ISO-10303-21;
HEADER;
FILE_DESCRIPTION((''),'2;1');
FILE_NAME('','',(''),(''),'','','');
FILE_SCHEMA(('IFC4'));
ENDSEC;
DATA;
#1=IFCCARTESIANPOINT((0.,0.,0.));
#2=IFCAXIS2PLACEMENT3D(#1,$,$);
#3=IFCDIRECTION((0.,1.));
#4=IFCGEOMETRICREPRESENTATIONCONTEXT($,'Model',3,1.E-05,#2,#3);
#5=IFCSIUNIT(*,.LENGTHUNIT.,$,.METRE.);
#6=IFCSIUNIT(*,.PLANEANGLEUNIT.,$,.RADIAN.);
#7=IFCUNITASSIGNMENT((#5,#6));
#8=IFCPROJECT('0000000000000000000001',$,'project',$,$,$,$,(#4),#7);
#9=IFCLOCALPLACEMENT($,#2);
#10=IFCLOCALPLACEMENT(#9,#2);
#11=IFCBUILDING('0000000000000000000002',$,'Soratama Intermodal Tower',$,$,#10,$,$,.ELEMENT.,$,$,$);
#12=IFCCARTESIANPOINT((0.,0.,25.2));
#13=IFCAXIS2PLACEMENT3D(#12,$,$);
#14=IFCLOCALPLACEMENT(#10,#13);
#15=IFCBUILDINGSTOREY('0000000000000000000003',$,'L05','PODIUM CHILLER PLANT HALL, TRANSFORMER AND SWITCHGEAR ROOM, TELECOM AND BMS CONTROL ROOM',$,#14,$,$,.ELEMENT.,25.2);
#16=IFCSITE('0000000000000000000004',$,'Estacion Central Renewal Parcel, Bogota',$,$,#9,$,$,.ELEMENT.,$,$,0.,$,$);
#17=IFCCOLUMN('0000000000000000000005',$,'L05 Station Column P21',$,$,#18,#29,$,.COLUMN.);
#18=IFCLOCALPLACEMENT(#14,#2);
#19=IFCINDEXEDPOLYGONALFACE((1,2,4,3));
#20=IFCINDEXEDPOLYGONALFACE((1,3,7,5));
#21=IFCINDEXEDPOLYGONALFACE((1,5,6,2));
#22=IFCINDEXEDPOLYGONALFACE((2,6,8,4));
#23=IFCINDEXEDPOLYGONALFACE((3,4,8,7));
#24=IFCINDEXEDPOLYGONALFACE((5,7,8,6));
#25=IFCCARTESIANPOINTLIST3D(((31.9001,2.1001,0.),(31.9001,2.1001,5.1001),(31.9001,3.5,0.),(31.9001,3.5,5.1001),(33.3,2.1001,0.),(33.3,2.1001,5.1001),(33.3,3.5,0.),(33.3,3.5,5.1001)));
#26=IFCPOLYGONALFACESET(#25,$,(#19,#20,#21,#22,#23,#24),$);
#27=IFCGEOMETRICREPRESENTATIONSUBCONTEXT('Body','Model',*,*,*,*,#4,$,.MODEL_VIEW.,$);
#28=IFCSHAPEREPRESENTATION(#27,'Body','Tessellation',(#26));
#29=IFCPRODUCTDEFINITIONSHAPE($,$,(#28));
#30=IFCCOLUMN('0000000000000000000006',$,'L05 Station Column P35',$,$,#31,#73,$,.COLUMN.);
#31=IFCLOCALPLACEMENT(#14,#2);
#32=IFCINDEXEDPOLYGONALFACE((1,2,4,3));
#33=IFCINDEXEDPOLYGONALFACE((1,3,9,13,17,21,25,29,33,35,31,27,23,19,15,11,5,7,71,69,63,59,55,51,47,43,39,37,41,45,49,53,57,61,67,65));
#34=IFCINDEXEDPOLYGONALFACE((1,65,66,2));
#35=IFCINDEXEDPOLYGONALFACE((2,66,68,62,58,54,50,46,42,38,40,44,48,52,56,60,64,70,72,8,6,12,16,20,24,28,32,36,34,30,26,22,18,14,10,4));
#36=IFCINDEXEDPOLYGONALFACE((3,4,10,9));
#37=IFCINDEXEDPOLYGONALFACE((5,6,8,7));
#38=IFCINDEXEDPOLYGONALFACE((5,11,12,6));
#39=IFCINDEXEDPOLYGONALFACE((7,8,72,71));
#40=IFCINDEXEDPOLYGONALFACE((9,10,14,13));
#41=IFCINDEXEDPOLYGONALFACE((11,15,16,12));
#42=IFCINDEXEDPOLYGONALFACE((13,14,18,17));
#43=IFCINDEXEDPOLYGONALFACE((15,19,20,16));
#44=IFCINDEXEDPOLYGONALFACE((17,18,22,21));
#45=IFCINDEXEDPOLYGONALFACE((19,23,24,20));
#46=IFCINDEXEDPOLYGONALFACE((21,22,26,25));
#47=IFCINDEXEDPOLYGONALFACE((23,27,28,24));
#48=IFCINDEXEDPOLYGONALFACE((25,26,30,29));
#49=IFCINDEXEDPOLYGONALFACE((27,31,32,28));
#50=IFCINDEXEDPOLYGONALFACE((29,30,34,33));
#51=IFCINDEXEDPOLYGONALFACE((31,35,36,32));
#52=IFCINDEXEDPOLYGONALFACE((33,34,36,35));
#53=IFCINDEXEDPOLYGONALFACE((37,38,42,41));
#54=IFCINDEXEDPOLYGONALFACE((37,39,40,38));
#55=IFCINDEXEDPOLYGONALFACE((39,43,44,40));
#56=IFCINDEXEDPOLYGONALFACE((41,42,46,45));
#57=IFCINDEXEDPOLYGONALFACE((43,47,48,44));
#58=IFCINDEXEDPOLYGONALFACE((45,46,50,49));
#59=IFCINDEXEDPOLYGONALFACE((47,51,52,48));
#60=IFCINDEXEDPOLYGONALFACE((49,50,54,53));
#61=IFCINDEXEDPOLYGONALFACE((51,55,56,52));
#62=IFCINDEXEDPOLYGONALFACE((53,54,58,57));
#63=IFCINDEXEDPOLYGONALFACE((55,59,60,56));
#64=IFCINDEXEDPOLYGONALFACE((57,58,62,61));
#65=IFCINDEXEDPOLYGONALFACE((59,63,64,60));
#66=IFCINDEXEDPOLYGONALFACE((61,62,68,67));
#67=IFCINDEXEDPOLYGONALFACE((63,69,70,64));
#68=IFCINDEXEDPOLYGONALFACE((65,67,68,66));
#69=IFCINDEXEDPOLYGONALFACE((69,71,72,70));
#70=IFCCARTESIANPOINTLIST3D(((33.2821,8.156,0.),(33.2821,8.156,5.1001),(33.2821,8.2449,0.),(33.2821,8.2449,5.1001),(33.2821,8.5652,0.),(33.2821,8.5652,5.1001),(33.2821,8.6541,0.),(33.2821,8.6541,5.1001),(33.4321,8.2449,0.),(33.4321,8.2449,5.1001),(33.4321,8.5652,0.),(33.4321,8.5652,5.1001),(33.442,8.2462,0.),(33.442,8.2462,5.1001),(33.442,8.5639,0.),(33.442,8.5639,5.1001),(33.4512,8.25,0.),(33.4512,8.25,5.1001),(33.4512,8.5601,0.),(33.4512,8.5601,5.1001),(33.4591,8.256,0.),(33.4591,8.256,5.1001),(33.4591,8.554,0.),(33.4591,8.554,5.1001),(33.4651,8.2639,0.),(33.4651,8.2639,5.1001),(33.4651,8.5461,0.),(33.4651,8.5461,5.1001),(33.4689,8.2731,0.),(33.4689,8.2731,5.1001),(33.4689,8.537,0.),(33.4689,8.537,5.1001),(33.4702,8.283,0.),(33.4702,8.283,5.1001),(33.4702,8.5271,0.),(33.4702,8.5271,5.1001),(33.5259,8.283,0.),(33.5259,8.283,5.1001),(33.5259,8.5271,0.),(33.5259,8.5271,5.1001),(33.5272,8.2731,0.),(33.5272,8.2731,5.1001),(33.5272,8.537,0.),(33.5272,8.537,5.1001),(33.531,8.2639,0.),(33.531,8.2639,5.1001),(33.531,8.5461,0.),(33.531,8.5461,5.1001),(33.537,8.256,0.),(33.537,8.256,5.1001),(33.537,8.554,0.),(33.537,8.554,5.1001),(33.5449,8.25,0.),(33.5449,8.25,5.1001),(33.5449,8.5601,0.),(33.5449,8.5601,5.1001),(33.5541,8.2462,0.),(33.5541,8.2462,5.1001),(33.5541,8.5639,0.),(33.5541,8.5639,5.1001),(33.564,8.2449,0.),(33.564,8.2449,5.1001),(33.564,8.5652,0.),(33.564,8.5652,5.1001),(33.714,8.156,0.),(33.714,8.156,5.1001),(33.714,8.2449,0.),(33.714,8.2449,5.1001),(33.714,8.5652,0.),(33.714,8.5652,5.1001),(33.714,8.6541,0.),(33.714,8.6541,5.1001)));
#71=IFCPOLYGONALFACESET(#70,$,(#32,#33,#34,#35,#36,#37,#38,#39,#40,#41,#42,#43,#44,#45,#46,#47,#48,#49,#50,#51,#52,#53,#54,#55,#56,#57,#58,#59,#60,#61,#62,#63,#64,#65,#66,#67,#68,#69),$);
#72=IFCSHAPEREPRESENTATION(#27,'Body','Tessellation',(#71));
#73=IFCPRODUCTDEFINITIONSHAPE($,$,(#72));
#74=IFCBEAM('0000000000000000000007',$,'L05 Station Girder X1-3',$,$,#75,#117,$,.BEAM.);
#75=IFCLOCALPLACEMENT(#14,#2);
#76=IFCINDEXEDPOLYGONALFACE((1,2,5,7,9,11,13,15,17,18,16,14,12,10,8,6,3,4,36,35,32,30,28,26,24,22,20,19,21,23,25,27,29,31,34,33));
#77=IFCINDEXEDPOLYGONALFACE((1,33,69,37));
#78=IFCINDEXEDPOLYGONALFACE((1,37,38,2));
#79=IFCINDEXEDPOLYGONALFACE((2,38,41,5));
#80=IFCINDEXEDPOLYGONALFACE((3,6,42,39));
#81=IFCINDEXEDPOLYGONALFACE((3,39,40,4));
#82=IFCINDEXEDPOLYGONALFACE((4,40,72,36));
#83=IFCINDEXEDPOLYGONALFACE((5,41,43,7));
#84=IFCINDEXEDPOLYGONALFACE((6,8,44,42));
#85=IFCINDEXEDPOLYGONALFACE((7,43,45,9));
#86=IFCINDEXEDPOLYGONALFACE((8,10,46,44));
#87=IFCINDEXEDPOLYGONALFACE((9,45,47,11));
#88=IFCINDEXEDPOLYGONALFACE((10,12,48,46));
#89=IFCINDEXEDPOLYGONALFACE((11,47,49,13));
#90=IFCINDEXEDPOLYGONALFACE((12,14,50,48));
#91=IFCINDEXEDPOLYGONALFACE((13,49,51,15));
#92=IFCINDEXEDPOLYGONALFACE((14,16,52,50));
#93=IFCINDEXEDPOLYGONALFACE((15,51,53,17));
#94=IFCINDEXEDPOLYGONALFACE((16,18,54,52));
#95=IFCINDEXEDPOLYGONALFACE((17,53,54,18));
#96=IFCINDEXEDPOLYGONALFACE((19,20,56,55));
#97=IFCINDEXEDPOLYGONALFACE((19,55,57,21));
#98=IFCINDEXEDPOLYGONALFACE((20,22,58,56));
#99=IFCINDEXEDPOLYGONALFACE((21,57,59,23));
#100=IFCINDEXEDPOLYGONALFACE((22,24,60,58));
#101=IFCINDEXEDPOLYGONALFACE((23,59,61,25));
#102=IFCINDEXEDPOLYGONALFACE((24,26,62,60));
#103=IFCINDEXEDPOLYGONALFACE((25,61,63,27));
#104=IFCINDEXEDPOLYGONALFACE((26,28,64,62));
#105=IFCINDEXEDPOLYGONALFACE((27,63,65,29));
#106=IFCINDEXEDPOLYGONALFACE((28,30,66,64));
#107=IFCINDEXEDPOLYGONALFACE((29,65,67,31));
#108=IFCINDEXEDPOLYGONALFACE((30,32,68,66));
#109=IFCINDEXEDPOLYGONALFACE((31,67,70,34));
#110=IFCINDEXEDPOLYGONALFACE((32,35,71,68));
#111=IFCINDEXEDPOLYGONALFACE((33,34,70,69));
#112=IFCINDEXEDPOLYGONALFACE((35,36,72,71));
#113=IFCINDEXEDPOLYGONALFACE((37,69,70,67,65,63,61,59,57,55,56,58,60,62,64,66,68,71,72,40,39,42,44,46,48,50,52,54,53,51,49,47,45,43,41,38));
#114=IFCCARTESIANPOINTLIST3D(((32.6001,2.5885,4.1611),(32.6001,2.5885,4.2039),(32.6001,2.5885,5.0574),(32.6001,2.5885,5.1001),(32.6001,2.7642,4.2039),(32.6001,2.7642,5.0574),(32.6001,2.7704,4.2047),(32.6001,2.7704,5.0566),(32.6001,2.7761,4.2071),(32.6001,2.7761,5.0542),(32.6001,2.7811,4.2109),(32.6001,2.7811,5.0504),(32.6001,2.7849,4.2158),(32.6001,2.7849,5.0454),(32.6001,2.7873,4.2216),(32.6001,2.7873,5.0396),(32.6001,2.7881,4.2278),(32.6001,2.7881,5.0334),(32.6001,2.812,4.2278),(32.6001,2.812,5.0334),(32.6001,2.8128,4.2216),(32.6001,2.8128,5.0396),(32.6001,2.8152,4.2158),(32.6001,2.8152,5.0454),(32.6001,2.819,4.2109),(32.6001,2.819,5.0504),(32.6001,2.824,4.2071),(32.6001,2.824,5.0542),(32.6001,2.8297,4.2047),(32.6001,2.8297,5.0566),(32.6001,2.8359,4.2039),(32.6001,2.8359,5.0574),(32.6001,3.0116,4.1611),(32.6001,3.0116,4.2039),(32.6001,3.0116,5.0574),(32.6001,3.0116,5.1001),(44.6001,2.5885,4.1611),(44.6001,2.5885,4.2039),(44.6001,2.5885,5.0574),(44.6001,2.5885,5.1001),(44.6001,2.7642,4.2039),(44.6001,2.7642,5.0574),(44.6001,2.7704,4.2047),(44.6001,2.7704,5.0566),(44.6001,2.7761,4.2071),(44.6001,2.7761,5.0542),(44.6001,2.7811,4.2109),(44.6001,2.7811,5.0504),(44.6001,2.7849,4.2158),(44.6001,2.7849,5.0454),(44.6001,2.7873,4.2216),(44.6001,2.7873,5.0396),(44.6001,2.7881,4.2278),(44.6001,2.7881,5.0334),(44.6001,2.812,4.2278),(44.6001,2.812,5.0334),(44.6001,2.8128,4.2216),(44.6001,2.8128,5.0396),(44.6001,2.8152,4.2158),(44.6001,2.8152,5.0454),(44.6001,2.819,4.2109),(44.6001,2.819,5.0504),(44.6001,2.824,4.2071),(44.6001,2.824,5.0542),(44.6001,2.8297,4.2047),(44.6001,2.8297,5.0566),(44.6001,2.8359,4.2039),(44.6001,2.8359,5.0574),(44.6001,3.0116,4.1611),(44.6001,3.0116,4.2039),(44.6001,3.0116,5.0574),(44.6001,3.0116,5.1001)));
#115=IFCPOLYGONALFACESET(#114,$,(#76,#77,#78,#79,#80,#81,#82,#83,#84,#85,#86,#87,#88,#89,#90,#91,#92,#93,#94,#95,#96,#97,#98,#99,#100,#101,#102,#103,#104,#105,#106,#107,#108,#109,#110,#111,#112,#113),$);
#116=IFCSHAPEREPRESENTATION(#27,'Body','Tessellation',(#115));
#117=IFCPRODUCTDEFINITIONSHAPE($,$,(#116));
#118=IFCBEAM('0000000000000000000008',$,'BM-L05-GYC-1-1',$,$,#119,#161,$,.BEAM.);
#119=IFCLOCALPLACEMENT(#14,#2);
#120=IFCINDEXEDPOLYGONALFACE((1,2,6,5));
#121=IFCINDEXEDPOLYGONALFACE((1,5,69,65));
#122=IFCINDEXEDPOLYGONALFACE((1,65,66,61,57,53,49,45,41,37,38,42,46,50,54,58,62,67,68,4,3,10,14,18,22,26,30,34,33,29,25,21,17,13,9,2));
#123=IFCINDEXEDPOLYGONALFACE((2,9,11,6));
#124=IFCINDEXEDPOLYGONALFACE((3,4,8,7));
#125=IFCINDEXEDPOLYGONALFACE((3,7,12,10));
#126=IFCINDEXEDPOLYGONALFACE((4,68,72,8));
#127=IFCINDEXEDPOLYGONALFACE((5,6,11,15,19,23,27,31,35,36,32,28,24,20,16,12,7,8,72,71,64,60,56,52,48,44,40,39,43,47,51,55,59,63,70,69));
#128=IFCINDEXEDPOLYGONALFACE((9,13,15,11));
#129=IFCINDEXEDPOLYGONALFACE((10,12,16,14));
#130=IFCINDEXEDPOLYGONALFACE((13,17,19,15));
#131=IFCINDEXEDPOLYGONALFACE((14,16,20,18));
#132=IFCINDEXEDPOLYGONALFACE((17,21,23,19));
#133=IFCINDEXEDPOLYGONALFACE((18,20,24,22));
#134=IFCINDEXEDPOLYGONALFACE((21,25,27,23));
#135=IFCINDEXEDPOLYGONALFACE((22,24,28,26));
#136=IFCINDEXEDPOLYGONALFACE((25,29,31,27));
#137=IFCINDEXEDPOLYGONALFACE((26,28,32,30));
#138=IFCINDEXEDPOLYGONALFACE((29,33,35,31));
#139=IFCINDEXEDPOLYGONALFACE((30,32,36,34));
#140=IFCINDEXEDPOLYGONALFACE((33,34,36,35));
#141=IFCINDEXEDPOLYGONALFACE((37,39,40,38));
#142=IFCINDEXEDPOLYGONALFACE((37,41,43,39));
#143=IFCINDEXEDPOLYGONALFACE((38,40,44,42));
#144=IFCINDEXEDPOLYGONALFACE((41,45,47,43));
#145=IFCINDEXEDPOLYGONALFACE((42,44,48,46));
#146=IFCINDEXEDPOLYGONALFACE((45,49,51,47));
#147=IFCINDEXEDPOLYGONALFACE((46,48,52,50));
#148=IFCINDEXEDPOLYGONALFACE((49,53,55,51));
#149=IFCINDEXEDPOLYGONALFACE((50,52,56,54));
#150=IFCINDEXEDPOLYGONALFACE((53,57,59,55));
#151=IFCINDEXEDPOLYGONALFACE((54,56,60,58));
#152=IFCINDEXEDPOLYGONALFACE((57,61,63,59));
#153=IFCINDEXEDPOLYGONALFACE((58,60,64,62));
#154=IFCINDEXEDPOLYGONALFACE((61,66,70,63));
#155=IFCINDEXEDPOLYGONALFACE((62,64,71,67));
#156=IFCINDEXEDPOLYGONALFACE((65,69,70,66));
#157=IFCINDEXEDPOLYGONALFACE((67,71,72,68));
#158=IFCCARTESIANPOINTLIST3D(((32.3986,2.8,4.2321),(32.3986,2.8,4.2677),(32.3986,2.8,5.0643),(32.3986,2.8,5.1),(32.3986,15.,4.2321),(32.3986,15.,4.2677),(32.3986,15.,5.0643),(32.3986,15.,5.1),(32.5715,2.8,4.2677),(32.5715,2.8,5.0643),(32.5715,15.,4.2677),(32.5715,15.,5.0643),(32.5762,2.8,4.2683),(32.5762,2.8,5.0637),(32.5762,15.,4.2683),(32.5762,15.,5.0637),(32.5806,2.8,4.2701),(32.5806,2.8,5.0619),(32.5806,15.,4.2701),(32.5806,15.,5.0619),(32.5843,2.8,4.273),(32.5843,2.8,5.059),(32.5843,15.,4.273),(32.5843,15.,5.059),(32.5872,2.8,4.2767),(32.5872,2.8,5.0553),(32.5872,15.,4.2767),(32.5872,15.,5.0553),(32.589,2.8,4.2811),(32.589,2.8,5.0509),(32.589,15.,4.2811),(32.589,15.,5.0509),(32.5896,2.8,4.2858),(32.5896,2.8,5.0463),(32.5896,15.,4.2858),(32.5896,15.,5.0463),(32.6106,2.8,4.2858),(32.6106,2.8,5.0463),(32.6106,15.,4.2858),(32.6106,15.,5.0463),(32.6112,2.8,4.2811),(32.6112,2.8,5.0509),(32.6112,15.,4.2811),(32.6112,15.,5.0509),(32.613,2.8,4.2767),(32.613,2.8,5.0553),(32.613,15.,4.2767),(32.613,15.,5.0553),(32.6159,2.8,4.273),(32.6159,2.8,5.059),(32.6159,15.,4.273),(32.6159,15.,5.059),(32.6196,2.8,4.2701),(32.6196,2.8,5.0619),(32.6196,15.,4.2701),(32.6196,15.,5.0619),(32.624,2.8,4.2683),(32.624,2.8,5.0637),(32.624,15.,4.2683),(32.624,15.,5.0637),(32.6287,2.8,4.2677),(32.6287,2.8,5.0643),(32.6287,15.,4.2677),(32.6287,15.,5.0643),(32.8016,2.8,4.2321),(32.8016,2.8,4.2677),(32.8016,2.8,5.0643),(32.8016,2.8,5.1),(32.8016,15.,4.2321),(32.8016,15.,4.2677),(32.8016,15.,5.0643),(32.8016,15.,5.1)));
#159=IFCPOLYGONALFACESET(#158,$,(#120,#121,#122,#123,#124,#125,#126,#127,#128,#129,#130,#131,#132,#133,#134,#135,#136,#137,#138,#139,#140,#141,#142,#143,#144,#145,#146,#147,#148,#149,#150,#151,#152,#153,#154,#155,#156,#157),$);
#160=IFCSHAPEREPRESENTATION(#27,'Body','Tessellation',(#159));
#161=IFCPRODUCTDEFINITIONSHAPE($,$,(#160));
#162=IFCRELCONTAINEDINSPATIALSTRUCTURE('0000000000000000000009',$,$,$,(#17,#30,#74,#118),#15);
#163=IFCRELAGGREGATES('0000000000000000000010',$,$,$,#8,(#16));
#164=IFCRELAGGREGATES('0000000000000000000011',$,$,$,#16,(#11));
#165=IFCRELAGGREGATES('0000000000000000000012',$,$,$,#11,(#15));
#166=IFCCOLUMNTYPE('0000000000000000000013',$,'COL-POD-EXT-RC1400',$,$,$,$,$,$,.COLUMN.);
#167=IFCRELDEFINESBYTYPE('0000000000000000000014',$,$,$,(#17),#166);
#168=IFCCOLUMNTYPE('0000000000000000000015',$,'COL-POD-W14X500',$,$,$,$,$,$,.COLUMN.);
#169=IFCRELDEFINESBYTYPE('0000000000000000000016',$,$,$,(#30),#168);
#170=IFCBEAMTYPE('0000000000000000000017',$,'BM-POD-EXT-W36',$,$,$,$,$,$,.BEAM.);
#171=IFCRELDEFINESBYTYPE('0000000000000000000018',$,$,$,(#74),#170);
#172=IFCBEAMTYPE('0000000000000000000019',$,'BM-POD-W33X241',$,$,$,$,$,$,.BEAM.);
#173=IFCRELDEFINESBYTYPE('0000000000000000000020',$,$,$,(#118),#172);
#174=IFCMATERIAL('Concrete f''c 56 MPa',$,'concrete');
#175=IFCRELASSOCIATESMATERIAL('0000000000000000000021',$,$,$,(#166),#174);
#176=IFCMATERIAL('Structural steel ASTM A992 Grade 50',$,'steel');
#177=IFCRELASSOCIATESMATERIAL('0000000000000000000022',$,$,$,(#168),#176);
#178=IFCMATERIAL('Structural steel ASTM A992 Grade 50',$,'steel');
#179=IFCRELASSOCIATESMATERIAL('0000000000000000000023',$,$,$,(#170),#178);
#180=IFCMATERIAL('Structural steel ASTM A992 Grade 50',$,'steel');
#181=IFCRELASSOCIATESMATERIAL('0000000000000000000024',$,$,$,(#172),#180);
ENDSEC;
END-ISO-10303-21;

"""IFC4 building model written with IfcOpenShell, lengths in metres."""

from ifc_helpers import new_model, si_unit, direction, frame, origin, origin_2d, place, context, subcontext, project, spatial, rectangle, i_section, extrude, material, material_profile, profile_set, type_object, element, save


model = new_model("IFC4")

# Units and contexts
model_context = context("Model", 3, precision=1e-05, world=origin(), true_north=direction((0.0, 1.0)))
body_context = subcontext(model_context, "Body", "Model", "MODEL_VIEW")
ifc_project = project(units=[si_unit("LENGTHUNIT", "METRE"), si_unit("PLANEANGLEUNIT", "RADIAN")], contexts=[model_context])

# Site, building, storey
site_placement = place(None, origin())
site = spatial("IfcSite", under=ifc_project, at=site_placement, Name="Estacion Central Renewal Parcel, Bogota", CompositionType="ELEMENT", RefElevation=0.0)
building_placement = place(site_placement, origin())
building = spatial("IfcBuilding", under=site, at=building_placement, Name="Soratama Intermodal Tower", CompositionType="ELEMENT")
storey_placement = place(building_placement, frame((0.0, 0.0, 25.2)))
storey = spatial("IfcBuildingStorey", under=building, at=storey_placement, Name="L05", Description="PODIUM CHILLER PLANT HALL, TRANSFORMER AND SWITCHGEAR ROOM, TELECOM AND BMS CONTROL ROOM", CompositionType="ELEMENT", Elevation=25.2)

# Columns
ifc_material_1 = material(Name="Concrete f'c 56 MPa", Category="concrete")
ifc_material_profile_1 = material_profile(ifc_material_1, rectangle(XDim=1.3999, YDim=1.3999, at=origin_2d()), Name="RC1400X1400")
ifc_profile_set_1 = profile_set([ifc_material_profile_1], Name="Concrete f'c 56 MPa")
column_type_1 = type_object("IfcColumnType", Name="COL-POD-EXT-RC1400", PredefinedType="COLUMN", material=ifc_profile_set_1)
column_1_placement = place(storey_placement, frame((32.6001, 2.8, 0.0), z_axis=(0.0, 0.0, 1.0), x_axis=(1.0, 0.0, 0.0)))
element("IfcColumn", 1, at=column_1_placement, inside=storey, type_object=column_type_1, Name="L05 Station Column P21", PredefinedType="COLUMN", context=body_context, shape_type="SweptSolid", body=[
    extrude(rectangle(XDim=1.3999, YDim=1.3999, at=origin_2d()), origin(), (0.0, 0.0, 1.0), 5.1001),
])
ifc_material_2 = material(Name="Structural steel ASTM A992 Grade 50", Category="steel")
ifc_material_profile_2 = material_profile(ifc_material_2, i_section(OverallWidth=0.4319, OverallDepth=0.498, WebThickness=0.0557, FlangeThickness=0.0889, FilletRadius=0.0381, at=origin_2d()), Name="W14X500")
ifc_profile_set_2 = profile_set([ifc_material_profile_2], Name="Structural steel ASTM A992 Grade 50")
column_type_2 = type_object("IfcColumnType", Name="COL-POD-W14X500", PredefinedType="COLUMN", material=ifc_profile_set_2)
column_2_placement = place(storey_placement, frame((33.498, 8.405, 0.0), z_axis=(0.0, 0.0, 1.0), x_axis=(1.0, 0.0, 0.0)))
element("IfcColumn", 2, at=column_2_placement, inside=storey, type_object=column_type_2, Name="L05 Station Column P35", PredefinedType="COLUMN", context=body_context, shape_type="SweptSolid", body=[
    extrude(i_section(OverallWidth=0.4319, OverallDepth=0.498, WebThickness=0.0557, FlangeThickness=0.0889, FilletRadius=0.0381, at=origin_2d()), origin(), (0.0, 0.0, 1.0), 5.1001),
])

# Beams
ifc_material_3 = material(Name="Structural steel ASTM A992 Grade 50", Category="steel")
ifc_material_profile_3 = material_profile(ifc_material_3, i_section(OverallWidth=0.4231, OverallDepth=0.939, WebThickness=0.0239, FlangeThickness=0.0427, FilletRadius=0.0239, at=origin_2d()), Name="W36X302")
ifc_profile_set_3 = profile_set([ifc_material_profile_3], Name="Structural steel ASTM A992 Grade 50")
beam_type_1 = type_object("IfcBeamType", Name="BM-POD-EXT-W36", PredefinedType="BEAM", material=ifc_profile_set_3)
beam_1_placement = place(storey_placement, frame((32.6001, 2.8, 4.6306), z_axis=(1.0, 0.0, 0.0), x_axis=(0.0, 1.0, 0.0)))
element("IfcBeam", 3, at=beam_1_placement, inside=storey, type_object=beam_type_1, Name="L05 Station Girder X1-3", PredefinedType="BEAM", context=body_context, shape_type="SweptSolid", body=[
    extrude(i_section(OverallWidth=0.4231, OverallDepth=0.939, WebThickness=0.0239, FlangeThickness=0.0427, FilletRadius=0.0239, at=origin_2d()), origin(), (0.0, 0.0, 1.0), 12.0),
])
ifc_material_4 = material(Name="Structural steel ASTM A992 Grade 50", Category="steel")
ifc_material_profile_4 = material_profile(ifc_material_4, i_section(OverallWidth=0.4031, OverallDepth=0.8679, WebThickness=0.021, FlangeThickness=0.0356, FilletRadius=0.0181, at=origin_2d()), Name="W33X241")
ifc_profile_set_4 = profile_set([ifc_material_profile_4], Name="Structural steel ASTM A992 Grade 50")
beam_type_2 = type_object("IfcBeamType", Name="BM-POD-W33X241", PredefinedType="BEAM", material=ifc_profile_set_4)
beam_2_placement = place(storey_placement, frame((32.6001, 2.8, 4.666), z_axis=(0.0, 1.0, 0.0), x_axis=(-1.0, 0.0, 0.0)))
element("IfcBeam", 4, at=beam_2_placement, inside=storey, type_object=beam_type_2, Name="BM-L05-GYC-1-1", PredefinedType="BEAM", context=body_context, shape_type="SweptSolid", body=[
    extrude(i_section(OverallWidth=0.4031, OverallDepth=0.8679, WebThickness=0.021, FlangeThickness=0.0356, FilletRadius=0.0181, at=origin_2d()), origin(), (0.0, 0.0, 1.0), 12.2),
])

save(model, "model.ifc")
